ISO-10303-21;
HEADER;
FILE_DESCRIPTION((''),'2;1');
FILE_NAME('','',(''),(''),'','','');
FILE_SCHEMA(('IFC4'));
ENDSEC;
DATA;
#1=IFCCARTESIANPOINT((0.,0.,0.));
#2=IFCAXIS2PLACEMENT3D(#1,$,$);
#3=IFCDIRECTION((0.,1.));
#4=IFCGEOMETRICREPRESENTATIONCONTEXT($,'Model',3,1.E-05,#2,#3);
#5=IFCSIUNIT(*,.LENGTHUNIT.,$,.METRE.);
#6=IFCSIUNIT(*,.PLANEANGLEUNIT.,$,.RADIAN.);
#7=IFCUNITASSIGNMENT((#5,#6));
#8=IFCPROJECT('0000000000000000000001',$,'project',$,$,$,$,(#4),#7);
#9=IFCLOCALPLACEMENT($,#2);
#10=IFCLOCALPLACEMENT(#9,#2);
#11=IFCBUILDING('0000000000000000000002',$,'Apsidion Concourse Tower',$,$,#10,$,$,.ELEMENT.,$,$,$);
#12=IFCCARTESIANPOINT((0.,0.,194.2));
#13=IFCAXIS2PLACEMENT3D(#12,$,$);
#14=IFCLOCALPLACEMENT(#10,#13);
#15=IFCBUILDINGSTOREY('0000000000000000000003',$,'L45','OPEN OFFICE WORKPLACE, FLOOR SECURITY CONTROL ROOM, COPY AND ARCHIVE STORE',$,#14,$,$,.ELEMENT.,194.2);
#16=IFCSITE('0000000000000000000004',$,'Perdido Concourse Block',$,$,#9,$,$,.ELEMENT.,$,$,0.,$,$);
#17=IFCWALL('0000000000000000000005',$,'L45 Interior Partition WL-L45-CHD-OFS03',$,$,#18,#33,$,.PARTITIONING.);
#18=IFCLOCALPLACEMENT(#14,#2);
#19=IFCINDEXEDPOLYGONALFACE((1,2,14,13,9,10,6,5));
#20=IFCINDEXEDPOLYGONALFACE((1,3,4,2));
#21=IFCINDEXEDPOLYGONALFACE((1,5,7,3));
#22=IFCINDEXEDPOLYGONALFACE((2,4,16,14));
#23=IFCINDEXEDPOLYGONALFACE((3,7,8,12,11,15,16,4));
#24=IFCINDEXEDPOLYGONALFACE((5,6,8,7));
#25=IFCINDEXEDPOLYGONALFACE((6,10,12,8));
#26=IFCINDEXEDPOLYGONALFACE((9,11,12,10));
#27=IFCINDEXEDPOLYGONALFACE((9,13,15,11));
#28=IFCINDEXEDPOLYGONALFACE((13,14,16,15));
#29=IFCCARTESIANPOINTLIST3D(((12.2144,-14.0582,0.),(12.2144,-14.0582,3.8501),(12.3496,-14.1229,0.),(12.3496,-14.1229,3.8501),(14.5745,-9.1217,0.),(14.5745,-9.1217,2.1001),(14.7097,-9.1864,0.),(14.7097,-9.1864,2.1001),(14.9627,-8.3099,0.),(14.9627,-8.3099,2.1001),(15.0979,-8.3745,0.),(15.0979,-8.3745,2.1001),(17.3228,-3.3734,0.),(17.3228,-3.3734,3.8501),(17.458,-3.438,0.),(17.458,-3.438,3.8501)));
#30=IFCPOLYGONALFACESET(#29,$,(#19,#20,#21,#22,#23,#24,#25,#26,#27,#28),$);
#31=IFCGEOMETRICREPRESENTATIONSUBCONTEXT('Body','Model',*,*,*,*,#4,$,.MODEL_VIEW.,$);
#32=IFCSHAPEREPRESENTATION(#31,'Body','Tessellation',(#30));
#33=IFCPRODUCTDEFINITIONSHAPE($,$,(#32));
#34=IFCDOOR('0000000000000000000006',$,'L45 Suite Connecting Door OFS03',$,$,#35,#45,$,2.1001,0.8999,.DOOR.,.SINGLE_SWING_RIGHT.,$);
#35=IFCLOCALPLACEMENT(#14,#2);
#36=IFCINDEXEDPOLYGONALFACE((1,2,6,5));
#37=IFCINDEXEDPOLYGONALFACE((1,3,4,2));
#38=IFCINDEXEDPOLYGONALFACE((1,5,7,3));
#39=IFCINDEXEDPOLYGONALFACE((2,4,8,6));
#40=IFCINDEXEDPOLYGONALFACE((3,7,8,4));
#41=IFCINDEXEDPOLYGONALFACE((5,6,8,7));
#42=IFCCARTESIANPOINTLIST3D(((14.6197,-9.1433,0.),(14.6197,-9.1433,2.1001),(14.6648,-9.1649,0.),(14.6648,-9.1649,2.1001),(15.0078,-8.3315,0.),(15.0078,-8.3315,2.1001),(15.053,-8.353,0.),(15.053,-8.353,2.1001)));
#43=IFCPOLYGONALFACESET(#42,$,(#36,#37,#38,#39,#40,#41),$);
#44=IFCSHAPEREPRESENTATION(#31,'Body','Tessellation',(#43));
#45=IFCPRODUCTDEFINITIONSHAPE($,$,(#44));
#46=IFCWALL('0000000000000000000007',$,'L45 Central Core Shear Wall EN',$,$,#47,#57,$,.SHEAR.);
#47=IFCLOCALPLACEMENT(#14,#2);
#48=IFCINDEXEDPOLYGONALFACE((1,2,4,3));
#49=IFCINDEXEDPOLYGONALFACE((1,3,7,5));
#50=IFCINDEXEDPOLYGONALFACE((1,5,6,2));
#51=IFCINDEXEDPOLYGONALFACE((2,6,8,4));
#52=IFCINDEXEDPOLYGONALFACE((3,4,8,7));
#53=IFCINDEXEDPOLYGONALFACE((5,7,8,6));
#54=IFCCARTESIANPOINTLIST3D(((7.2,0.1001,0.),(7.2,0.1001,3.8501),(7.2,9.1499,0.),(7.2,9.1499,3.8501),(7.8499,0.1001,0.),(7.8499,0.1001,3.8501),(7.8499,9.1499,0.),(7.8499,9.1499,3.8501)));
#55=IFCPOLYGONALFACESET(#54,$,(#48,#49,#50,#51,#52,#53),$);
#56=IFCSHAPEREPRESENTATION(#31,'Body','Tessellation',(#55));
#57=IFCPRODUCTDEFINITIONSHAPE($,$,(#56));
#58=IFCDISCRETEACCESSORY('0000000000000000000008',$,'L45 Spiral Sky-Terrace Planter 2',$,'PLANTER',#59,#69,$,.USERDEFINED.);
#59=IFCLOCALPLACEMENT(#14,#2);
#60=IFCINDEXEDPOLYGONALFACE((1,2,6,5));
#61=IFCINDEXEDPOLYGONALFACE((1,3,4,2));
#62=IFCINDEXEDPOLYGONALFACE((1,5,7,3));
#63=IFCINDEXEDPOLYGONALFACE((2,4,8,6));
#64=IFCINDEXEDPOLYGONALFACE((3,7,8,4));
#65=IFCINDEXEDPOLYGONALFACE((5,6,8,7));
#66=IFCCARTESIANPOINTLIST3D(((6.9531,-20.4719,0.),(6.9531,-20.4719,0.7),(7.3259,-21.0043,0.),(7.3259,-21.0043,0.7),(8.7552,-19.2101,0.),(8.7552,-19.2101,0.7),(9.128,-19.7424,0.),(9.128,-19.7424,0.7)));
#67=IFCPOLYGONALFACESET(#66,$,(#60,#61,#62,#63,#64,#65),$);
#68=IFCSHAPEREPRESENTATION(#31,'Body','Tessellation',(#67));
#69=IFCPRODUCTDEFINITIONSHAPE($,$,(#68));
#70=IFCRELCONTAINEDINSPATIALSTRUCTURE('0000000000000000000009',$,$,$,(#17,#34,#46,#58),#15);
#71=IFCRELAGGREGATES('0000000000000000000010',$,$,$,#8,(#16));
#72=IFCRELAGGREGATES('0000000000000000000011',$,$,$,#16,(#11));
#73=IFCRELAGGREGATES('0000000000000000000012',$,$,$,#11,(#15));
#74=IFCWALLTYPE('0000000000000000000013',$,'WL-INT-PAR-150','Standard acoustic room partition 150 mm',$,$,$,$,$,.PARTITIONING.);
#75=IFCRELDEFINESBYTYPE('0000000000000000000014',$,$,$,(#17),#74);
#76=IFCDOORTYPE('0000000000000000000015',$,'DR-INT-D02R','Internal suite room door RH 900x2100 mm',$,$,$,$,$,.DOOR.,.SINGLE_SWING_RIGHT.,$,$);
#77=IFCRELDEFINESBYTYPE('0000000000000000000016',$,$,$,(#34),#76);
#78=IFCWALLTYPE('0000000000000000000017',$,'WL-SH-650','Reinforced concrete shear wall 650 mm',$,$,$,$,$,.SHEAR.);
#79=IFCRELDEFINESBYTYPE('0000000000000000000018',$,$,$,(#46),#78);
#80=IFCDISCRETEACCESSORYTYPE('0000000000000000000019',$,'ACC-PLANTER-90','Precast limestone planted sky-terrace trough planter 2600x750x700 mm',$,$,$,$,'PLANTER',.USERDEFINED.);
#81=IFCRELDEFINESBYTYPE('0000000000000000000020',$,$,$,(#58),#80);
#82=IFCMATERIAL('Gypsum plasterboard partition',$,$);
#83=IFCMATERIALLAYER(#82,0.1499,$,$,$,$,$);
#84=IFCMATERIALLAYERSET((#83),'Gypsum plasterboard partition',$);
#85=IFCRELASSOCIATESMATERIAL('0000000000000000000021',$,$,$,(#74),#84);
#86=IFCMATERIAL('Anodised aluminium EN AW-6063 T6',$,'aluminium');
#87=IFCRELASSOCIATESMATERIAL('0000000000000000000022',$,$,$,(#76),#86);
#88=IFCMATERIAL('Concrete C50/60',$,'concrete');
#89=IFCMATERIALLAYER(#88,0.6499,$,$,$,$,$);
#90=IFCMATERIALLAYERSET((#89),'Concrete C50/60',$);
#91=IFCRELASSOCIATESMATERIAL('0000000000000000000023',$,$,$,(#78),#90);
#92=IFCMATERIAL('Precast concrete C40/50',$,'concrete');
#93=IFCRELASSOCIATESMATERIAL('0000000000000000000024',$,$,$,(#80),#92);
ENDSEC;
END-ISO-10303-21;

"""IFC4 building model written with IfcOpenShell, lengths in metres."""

from ifc_helpers import new_model, si_unit, direction, frame, frame_2d, origin, origin_2d, place, context, subcontext, project, spatial, rectangle, extrude, material, layer, layer_set, type_object, element, fill, save


model = new_model("IFC4")

# Units and contexts
model_context = context("Model", 3, precision=1e-05, world=origin(), true_north=direction((0.0, 1.0)))
body_context = subcontext(model_context, "Body", "Model", "MODEL_VIEW")
ifc_project = project(units=[si_unit("LENGTHUNIT", "METRE"), si_unit("PLANEANGLEUNIT", "RADIAN")], contexts=[model_context])

# Site, building, storey
site_placement = place(None, origin())
site = spatial("IfcSite", under=ifc_project, at=site_placement, Name="Perdido Concourse Block", CompositionType="ELEMENT", RefElevation=0.0)
building_placement = place(site_placement, origin())
building = spatial("IfcBuilding", under=site, at=building_placement, Name="Apsidion Concourse Tower", CompositionType="ELEMENT")
storey_placement = place(building_placement, frame((0.0, 0.0, 194.2)))
storey = spatial("IfcBuildingStorey", under=building, at=storey_placement, Name="L45", Description="OPEN OFFICE WORKPLACE, FLOOR SECURITY CONTROL ROOM, COPY AND ARCHIVE STORE", CompositionType="ELEMENT", Elevation=194.2)

# Shared definitions
ifc_material_1 = material(Name="Concrete C50/60", Category="concrete")

# Shared definitions
ifc_material_2 = material(Name="Gypsum plasterboard partition")
ifc_layer_1 = layer(ifc_material_2, 0.1499)
ifc_layer_set_1 = layer_set([ifc_layer_1], Name="Gypsum plasterboard partition")
wall_type_1 = type_object("IfcWallType", Name="WL-INT-PAR-150", Description="Standard acoustic room partition 150 mm", PredefinedType="PARTITIONING", material=ifc_layer_set_1)

# Wall, opening, door
wall_1_placement = place(storey_placement, frame((12.282, -14.0906, 0.0), z_axis=(0.0, 0.0, 1.0), x_axis=(0.431337, 0.902191, 0.0)))
wall_1 = element("IfcWall", 1, at=wall_1_placement, inside=storey, type_object=wall_type_1, Name="L45 Interior Partition WL-L45-CHD-OFS03", PredefinedType="PARTITIONING", context=body_context, shape_type="SweptSolid", body=[
    extrude(rectangle(XDim=11.8433, YDim=0.1499, at=frame_2d((5.9216, 0.0))), origin(), (0.0, 0.0, 1.0), 3.8501),
])
opening_1_placement = place(wall_1_placement, frame((5.4717, 0.0, 0.0)))
opening_1 = element("IfcOpeningElement", 2, at=opening_1_placement, cuts=wall_1, PredefinedType="OPENING", context=body_context, shape_type="SweptSolid", body=[
    extrude(rectangle(XDim=0.8999, YDim=2.1001, at=frame_2d((0.45, 1.05))), frame((0.0, 0.085, 0.0), z_axis=(0.0, -1.0, 0.0), x_axis=(1.0, 0.0, 0.0)), (0.0, 0.0, 1.0), 0.1699),
])
ifc_material_3 = material(Name="Anodised aluminium EN AW-6063 T6", Category="aluminium")
door_type_1 = type_object("IfcDoorType", Name="DR-INT-D02R", Description="Internal suite room door RH 900x2100 mm", OperationType="SINGLE_SWING_RIGHT", PredefinedType="DOOR", material=ifc_material_3)
door_1_placement = place(opening_1_placement, origin())
door_1 = element("IfcDoor", 3, at=door_1_placement, inside=storey, type_object=door_type_1, Name="L45 Suite Connecting Door OFS03", OperationType="SINGLE_SWING_RIGHT", OverallHeight=2.1001, OverallWidth=0.8999, PredefinedType="DOOR", context=body_context, shape_type="SweptSolid", body=[
    extrude(rectangle(XDim=0.8999, YDim=2.1001, at=frame_2d((0.45, 1.05))), frame((0.0, 0.0249, 0.0), z_axis=(0.0, -1.0, 0.0), x_axis=(1.0, 0.0, 0.0)), (0.0, 0.0, 1.0), 0.05),
])
fill(opening_1, door_1)

# Wall
ifc_layer_2 = layer(ifc_material_1, 0.6499)
ifc_layer_set_2 = layer_set([ifc_layer_2], Name="Concrete C50/60")
wall_type_2 = type_object("IfcWallType", Name="WL-SH-650", Description="Reinforced concrete shear wall 650 mm", PredefinedType="SHEAR", material=ifc_layer_set_2)
wall_2_placement = place(storey_placement, frame((7.5249, 0.1001, 0.0), z_axis=(0.0, 0.0, 1.0), x_axis=(0.0, 1.0, 0.0)))
element("IfcWall", 4, at=wall_2_placement, inside=storey, type_object=wall_type_2, Name="L45 Central Core Shear Wall EN", PredefinedType="SHEAR", context=body_context, shape_type="SweptSolid", body=[
    extrude(rectangle(XDim=9.0498, YDim=0.6499, at=frame_2d((4.5249, 0.0))), origin(), (0.0, 0.0, 1.0), 3.8501),
])

# Discrete accessory
ifc_material_4 = material(Name="Precast concrete C40/50", Category="concrete")
discrete_accessory_type = type_object("IfcDiscreteAccessoryType", Name="ACC-PLANTER-90", Description="Precast limestone planted sky-terrace trough planter 2600x750x700 mm", ElementType="PLANTER", PredefinedType="USERDEFINED", material=ifc_material_4)
discrete_accessory_placement = place(storey_placement, frame((8.0405, -20.1072, 0.0), z_axis=(0.0, 0.0, 1.0), x_axis=(0.819152, 0.573576, 0.0)))
element("IfcDiscreteAccessory", 5, at=discrete_accessory_placement, inside=storey, type_object=discrete_accessory_type, Name="L45 Spiral Sky-Terrace Planter 2", ObjectType="PLANTER", PredefinedType="USERDEFINED", context=body_context, shape_type="SweptSolid", body=[
    extrude(rectangle(XDim=2.2, YDim=0.6499, at=origin_2d()), origin(), (0.0, 0.0, 1.0), 0.7),
])

save(model, "model.ifc")
